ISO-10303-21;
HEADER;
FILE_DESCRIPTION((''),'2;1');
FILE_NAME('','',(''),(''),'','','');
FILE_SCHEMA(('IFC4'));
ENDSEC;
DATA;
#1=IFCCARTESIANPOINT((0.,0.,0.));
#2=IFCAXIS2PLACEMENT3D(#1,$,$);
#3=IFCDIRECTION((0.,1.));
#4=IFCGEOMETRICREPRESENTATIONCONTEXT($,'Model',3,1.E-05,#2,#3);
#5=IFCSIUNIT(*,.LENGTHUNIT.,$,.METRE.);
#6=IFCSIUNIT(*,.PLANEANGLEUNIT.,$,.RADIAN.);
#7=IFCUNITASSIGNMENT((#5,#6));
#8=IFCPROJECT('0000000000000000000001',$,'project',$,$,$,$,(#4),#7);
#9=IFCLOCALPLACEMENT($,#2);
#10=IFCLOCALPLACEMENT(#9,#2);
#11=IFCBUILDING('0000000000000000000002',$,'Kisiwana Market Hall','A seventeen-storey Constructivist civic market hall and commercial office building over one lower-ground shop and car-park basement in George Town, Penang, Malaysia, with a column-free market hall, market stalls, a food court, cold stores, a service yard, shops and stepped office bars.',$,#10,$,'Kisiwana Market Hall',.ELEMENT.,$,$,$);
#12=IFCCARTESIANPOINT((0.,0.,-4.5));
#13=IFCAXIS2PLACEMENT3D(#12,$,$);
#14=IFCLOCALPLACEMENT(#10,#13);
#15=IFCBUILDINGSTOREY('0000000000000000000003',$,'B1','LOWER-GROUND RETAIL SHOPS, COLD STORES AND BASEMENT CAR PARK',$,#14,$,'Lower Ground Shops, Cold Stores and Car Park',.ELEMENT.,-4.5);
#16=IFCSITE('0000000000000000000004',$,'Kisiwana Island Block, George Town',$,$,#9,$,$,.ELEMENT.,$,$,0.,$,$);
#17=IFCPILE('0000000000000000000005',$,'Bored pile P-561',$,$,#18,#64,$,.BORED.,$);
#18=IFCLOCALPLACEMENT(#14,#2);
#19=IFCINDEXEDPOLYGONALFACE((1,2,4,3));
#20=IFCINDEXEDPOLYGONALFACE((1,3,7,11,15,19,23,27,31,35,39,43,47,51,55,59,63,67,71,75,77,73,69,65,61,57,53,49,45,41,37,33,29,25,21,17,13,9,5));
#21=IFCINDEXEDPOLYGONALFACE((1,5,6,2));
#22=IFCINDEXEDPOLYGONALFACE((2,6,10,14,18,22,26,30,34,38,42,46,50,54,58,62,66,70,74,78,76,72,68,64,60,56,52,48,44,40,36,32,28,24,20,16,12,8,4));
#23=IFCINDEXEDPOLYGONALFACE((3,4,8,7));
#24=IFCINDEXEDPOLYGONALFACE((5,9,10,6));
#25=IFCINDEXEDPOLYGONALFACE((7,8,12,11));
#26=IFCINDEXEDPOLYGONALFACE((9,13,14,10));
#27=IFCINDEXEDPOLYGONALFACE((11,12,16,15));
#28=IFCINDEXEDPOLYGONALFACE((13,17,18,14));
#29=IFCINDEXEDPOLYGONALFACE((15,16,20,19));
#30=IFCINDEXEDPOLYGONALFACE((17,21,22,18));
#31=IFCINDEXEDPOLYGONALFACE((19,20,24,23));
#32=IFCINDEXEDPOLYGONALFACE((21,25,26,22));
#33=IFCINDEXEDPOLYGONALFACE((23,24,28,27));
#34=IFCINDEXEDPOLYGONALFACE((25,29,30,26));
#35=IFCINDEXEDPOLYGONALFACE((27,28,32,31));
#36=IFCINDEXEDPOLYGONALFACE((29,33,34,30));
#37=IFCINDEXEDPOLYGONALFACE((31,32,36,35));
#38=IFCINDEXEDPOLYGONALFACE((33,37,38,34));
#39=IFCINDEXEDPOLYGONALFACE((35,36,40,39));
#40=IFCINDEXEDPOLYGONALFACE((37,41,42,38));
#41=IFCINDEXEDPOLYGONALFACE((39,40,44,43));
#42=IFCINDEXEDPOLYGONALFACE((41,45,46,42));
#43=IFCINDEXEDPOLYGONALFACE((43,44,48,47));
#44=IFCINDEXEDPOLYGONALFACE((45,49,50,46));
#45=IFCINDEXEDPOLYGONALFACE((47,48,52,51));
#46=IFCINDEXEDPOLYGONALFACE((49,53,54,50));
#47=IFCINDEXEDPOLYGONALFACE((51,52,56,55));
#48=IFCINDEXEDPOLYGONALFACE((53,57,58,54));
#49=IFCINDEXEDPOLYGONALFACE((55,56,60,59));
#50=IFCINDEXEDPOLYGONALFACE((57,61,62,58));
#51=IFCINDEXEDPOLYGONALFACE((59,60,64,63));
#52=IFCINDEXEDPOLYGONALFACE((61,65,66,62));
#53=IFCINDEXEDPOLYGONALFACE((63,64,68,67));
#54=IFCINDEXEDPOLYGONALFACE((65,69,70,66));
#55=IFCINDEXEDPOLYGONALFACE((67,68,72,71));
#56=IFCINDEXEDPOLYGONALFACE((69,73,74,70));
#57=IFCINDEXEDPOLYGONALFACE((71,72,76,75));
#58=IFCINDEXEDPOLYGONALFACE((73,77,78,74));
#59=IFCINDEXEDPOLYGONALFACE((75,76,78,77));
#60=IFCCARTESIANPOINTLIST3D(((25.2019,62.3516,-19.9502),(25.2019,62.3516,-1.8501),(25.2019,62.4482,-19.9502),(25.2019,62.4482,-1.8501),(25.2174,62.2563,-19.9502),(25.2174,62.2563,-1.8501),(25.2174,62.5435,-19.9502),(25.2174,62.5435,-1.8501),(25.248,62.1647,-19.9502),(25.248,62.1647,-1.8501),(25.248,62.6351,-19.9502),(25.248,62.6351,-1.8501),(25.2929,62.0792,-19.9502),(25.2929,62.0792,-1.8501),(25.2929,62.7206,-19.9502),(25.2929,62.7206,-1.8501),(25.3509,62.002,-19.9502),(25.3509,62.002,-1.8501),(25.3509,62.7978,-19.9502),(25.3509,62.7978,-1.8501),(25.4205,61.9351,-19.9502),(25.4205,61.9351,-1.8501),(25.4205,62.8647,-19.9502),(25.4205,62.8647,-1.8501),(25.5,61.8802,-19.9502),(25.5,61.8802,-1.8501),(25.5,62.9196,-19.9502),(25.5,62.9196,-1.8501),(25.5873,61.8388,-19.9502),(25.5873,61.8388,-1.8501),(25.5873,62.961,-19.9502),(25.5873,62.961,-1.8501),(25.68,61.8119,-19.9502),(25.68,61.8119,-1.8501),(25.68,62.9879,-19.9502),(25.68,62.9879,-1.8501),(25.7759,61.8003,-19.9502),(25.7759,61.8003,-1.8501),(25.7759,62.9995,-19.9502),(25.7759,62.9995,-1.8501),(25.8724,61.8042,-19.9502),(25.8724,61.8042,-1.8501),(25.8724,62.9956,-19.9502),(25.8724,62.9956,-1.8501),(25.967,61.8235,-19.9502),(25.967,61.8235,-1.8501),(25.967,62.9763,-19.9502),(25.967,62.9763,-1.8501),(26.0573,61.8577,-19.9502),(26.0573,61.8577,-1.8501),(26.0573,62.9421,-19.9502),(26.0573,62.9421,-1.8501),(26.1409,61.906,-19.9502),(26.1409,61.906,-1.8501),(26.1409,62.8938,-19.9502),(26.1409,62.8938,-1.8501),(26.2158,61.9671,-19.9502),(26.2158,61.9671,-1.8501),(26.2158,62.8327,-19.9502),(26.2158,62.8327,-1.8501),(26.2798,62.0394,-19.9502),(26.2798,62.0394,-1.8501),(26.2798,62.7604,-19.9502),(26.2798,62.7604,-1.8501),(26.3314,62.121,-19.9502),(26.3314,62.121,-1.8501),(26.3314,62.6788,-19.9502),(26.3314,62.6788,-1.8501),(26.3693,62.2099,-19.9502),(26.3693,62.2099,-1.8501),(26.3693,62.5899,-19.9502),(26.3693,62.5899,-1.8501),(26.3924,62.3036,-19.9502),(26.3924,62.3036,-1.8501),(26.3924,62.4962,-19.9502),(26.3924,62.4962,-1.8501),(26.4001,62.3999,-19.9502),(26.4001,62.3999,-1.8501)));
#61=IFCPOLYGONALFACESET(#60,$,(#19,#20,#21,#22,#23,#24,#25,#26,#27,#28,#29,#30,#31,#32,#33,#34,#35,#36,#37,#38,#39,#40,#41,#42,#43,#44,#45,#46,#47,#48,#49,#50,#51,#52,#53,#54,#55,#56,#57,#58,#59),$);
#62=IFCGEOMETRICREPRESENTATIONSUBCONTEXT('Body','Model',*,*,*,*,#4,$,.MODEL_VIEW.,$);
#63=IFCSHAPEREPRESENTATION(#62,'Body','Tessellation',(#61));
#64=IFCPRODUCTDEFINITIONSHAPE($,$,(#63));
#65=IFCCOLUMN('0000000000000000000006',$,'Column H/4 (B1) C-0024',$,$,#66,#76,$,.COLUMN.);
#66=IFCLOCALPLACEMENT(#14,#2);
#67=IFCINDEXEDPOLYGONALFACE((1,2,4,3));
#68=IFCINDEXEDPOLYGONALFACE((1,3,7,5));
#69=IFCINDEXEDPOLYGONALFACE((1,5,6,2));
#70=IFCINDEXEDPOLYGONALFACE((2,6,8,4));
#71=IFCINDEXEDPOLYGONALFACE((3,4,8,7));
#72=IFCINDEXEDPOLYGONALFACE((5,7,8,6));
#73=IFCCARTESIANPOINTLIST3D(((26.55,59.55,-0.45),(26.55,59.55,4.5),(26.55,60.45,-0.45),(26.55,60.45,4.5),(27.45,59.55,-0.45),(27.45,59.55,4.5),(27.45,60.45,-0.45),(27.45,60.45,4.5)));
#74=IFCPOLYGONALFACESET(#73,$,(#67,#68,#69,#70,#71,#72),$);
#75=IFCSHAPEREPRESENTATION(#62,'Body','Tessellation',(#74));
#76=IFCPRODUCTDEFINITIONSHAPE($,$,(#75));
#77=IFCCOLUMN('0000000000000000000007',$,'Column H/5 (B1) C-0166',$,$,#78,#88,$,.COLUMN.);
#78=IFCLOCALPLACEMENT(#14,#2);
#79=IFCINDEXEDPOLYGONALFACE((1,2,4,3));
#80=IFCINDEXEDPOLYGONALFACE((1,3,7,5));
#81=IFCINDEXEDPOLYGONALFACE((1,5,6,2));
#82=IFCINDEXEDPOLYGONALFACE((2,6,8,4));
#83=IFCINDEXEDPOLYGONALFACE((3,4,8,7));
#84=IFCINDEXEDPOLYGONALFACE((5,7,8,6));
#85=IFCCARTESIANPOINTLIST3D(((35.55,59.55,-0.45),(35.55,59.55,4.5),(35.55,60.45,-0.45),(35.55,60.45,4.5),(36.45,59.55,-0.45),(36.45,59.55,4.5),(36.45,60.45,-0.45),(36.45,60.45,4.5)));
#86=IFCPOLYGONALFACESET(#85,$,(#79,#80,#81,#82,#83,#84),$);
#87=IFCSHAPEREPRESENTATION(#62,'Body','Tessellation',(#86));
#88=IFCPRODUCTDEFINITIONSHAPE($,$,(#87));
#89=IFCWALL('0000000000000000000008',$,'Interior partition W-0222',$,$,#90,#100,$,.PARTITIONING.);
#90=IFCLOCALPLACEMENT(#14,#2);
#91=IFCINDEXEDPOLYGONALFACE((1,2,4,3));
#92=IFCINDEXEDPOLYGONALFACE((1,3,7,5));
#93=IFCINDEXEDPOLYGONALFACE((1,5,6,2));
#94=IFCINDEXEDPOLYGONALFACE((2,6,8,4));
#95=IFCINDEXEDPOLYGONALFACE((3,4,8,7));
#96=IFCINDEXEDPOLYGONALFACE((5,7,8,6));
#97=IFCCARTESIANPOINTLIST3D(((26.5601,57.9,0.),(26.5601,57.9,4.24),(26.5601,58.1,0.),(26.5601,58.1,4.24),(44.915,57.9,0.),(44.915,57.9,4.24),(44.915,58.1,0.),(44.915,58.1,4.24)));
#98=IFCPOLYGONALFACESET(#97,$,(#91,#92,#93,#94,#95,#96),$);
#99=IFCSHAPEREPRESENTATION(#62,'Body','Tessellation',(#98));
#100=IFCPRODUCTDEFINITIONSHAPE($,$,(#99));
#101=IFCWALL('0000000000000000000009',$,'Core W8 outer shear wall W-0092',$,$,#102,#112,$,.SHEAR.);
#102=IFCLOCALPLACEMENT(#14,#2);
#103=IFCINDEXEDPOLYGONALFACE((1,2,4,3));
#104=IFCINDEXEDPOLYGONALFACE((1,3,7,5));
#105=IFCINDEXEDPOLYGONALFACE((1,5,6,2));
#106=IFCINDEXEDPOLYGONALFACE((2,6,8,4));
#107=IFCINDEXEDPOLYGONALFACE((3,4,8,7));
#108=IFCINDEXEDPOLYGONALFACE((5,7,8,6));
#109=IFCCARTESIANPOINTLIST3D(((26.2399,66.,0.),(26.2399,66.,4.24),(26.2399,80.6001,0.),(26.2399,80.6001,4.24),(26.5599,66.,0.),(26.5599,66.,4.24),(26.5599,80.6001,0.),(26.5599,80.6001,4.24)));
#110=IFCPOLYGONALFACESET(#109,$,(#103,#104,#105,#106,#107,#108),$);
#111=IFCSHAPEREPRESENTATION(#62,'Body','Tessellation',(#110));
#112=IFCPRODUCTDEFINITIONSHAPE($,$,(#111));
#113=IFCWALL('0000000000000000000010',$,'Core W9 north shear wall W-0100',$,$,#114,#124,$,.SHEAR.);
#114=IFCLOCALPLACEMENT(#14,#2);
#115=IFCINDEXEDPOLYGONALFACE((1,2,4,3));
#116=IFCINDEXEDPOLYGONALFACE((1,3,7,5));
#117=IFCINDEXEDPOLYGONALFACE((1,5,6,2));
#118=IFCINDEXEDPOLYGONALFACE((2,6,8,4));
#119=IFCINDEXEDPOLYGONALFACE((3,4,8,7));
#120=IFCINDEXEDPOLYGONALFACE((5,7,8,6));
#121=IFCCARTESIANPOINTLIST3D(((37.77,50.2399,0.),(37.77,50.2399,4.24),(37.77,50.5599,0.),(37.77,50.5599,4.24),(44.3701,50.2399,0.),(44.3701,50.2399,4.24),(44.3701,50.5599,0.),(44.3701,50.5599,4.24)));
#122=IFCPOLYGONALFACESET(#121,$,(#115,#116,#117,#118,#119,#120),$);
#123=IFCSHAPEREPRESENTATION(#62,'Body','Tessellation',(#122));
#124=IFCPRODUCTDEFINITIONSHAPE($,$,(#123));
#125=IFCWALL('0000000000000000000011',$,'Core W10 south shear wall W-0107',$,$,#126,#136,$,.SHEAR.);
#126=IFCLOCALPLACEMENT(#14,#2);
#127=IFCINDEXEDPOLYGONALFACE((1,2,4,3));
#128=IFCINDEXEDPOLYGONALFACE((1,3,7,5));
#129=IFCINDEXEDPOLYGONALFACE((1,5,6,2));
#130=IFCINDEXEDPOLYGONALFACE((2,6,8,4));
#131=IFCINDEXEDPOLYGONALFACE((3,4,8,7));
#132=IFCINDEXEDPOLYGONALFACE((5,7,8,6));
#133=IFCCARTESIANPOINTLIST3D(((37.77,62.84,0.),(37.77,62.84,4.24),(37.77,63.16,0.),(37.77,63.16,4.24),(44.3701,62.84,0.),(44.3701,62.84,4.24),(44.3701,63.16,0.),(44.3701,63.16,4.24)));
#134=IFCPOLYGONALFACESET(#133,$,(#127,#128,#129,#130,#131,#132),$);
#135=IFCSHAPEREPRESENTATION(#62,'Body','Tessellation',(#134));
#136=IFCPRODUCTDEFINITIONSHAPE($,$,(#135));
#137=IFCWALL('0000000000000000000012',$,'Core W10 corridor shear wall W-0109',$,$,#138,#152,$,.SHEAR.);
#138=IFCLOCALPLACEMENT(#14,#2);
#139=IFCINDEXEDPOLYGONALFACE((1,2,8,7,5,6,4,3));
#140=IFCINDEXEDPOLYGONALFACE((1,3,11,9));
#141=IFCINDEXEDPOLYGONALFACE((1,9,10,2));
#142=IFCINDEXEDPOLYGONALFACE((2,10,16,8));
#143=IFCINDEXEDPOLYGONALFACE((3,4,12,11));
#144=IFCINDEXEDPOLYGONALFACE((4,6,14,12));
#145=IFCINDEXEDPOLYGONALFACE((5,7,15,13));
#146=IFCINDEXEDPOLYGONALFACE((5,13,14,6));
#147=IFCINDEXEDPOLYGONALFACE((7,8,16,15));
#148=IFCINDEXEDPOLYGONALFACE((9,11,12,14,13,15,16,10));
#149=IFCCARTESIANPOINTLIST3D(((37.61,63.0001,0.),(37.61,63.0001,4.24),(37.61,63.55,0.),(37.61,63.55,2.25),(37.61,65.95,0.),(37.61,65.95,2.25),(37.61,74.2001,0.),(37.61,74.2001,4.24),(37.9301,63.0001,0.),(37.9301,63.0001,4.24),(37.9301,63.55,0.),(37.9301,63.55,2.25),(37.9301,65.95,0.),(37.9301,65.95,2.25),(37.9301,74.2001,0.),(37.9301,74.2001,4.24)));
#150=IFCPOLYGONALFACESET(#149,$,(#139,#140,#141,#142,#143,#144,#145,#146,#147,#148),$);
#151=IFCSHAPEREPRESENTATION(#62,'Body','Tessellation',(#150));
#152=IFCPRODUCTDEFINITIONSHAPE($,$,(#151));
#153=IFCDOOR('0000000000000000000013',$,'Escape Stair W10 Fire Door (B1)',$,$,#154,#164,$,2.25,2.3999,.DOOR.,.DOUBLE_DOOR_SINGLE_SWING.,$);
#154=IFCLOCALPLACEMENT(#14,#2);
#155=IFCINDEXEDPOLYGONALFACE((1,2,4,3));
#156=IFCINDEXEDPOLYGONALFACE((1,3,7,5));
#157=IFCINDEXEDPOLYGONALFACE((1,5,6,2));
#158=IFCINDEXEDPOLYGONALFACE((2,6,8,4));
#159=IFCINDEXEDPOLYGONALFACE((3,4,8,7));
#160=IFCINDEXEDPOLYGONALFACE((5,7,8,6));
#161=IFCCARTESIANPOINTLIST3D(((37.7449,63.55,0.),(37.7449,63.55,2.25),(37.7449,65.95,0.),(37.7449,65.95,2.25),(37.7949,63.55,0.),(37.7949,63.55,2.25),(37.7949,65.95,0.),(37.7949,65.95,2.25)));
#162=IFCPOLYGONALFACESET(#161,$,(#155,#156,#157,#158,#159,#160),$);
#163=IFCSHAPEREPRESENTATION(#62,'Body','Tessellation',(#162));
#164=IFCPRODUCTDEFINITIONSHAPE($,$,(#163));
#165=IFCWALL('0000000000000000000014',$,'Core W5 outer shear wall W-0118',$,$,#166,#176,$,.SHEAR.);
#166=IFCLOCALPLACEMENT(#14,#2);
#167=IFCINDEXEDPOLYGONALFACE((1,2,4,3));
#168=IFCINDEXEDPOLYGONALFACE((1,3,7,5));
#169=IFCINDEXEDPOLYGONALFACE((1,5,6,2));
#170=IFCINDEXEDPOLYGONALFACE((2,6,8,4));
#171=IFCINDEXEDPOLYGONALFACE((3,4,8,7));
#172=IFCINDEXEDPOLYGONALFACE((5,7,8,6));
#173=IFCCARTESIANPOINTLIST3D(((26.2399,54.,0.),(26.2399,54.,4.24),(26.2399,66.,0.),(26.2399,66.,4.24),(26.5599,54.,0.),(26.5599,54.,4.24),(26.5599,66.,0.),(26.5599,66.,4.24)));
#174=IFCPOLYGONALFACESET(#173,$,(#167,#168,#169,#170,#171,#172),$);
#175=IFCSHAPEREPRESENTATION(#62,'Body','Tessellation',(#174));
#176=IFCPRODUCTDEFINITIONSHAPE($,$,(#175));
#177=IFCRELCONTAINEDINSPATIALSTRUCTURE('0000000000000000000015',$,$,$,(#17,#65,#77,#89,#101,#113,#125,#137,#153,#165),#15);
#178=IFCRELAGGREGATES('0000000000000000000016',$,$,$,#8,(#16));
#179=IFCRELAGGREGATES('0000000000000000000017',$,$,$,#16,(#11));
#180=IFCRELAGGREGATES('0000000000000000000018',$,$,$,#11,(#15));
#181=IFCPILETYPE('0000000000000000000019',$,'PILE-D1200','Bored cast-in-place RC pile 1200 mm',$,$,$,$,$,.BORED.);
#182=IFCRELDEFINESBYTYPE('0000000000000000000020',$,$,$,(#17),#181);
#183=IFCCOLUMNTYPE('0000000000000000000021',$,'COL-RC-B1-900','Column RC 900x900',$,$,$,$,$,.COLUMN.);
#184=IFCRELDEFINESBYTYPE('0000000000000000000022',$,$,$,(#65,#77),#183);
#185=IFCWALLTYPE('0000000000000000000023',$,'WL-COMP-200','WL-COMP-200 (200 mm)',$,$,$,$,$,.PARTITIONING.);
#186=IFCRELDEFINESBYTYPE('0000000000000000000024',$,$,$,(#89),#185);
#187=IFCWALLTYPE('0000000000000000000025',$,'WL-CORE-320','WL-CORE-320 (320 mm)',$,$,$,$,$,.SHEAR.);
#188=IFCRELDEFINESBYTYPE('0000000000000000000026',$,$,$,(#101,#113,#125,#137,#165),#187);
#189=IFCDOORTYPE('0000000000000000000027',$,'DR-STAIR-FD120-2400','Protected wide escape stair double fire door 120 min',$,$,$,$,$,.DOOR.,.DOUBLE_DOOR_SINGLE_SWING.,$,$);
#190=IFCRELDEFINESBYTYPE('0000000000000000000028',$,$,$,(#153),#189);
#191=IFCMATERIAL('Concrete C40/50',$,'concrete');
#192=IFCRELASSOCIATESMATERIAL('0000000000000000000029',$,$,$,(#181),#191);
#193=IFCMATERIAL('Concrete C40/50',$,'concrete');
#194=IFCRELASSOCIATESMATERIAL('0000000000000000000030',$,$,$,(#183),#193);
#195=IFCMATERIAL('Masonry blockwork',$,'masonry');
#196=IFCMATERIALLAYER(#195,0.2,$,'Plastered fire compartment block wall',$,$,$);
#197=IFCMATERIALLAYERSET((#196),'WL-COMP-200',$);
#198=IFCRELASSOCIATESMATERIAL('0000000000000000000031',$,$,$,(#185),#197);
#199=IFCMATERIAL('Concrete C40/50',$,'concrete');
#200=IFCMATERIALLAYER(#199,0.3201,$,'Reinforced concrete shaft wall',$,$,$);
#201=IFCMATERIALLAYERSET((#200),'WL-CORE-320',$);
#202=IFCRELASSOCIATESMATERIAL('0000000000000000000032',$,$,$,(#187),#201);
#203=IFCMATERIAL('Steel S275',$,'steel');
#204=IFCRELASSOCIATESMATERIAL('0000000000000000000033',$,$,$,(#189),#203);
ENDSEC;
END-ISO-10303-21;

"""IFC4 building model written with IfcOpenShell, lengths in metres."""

from ifc_helpers import new_model, si_unit, direction, frame, frame_2d, origin, origin_2d, place, context, subcontext, project, spatial, rectangle, circle, extrude, material, layer, layer_set, material_profile, profile_set, type_object, element, fill, save


model = new_model("IFC4")

# Units and contexts
model_context = context("Model", 3, precision=1e-05, world=origin(), true_north=direction((0.0, 1.0)))
body_context = subcontext(model_context, "Body", "Model", "MODEL_VIEW")
ifc_project = project(units=[si_unit("LENGTHUNIT", "METRE"), si_unit("PLANEANGLEUNIT", "RADIAN")], contexts=[model_context])

# Site, building, storey
site_placement = place(None, origin())
site = spatial("IfcSite", under=ifc_project, at=site_placement, Name="Kisiwana Island Block, George Town", CompositionType="ELEMENT", RefElevation=0.0)
building_placement = place(site_placement, origin())
building = spatial("IfcBuilding", under=site, at=building_placement, Name="Kisiwana Market Hall", Description="A seventeen-storey Constructivist civic market hall and commercial office building over one lower-ground shop and car-park basement in George Town, Penang, Malaysia, with a column-free market hall, market stalls, a food court, cold stores, a service yard, shops and stepped office bars.", LongName="Kisiwana Market Hall", CompositionType="ELEMENT")
storey_placement = place(building_placement, frame((0.0, 0.0, -4.5)))
storey = spatial("IfcBuildingStorey", under=building, at=storey_placement, Name="B1", Description="LOWER-GROUND RETAIL SHOPS, COLD STORES AND BASEMENT CAR PARK", LongName="Lower Ground Shops, Cold Stores and Car Park", CompositionType="ELEMENT", Elevation=-4.5)

# Pile
ifc_material_1 = material(Name="Concrete C40/50", Category="concrete")
ifc_material_profile_1 = material_profile(ifc_material_1, circle(Radius=0.6001, at=origin_2d()), Name="BP D1200")
ifc_profile_set_1 = profile_set([ifc_material_profile_1], Name="Concrete C40/50")
pile_type_1 = type_object("IfcPileType", Name="PILE-D1200", Description="Bored cast-in-place RC pile 1200 mm", PredefinedType="BORED", material=ifc_profile_set_1)
for number, where, z_axis, x_axis, name in (
    (1, (25.8, 62.3999, -1.8501), (0.0, 0.0, -1.0), (1.0, 0.0, 0.0), "Bored pile P-561"),
):
    element("IfcPile", number, at=place(storey_placement, frame(where, z_axis=z_axis, x_axis=x_axis)), inside=storey, type_object=pile_type_1, Name=name, PredefinedType="BORED", context=body_context, shape_type="SweptSolid", body=[
        extrude(circle(Radius=0.6001, at=origin_2d()), origin(), (0.0, 0.0, 1.0), 18.1001),
    ])

# Columns
ifc_material_2 = material(Name="Concrete C40/50", Category="concrete")
ifc_material_profile_2 = material_profile(ifc_material_2, rectangle(XDim=0.8999, YDim=0.8999, at=origin_2d()), Name="RC 900x900")
ifc_profile_set_2 = profile_set([ifc_material_profile_2], Name="Concrete C40/50")
column_type = type_object("IfcColumnType", Name="COL-RC-B1-900", Description="Column RC 900x900", PredefinedType="COLUMN", material=ifc_profile_set_2)
for number, where, z_axis, x_axis, name in (
    (2, (27.0, 60.0, -0.45), (0.0, 0.0, 1.0), (1.0, 0.0, 0.0), "Column H/4 (B1) C-0024"),
    (3, (36.0, 60.0, -0.45), (0.0, 0.0, 1.0), (1.0, 0.0, 0.0), "Column H/5 (B1) C-0166"),
):
    element("IfcColumn", number, at=place(storey_placement, frame(where, z_axis=z_axis, x_axis=x_axis)), inside=storey, type_object=column_type, Name=name, PredefinedType="COLUMN", context=body_context, shape_type="SweptSolid", body=[
        extrude(rectangle(XDim=0.8999, YDim=0.8999, at=origin_2d()), origin(), (0.0, 0.0, 1.0), 4.95),
    ])

# Walls
ifc_material_3 = material(Name="Masonry blockwork", Category="masonry")
ifc_layer_1 = layer(ifc_material_3, 0.2, Name="Plastered fire compartment block wall")
ifc_layer_set_1 = layer_set([ifc_layer_1], Name="WL-COMP-200")
wall_type_1 = type_object("IfcWallType", Name="WL-COMP-200", Description="WL-COMP-200 (200 mm)", PredefinedType="PARTITIONING", material=ifc_layer_set_1)
wall_1_placement = place(storey_placement, frame((26.5601, 58.0, 0.0), z_axis=(0.0, 0.0, 1.0), x_axis=(1.0, 0.0, 0.0)))
element("IfcWall", 4, at=wall_1_placement, inside=storey, type_object=wall_type_1, Name="Interior partition W-0222", PredefinedType="PARTITIONING", context=body_context, shape_type="SweptSolid", body=[
    extrude(rectangle(XDim=18.355, YDim=0.2, at=frame_2d((9.1775, 0.0))), origin(), (0.0, 0.0, 1.0), 4.24),
])
ifc_material_4 = material(Name="Concrete C40/50", Category="concrete")
ifc_layer_2 = layer(ifc_material_4, 0.3201, Name="Reinforced concrete shaft wall")
ifc_layer_set_2 = layer_set([ifc_layer_2], Name="WL-CORE-320")
wall_type_2 = type_object("IfcWallType", Name="WL-CORE-320", Description="WL-CORE-320 (320 mm)", PredefinedType="SHEAR", material=ifc_layer_set_2)
wall_2_placement = place(storey_placement, frame((26.3999, 66.0, 0.0), z_axis=(0.0, 0.0, 1.0), x_axis=(0.0, 1.0, 0.0)))
element("IfcWall", 5, at=wall_2_placement, inside=storey, type_object=wall_type_2, Name="Core W8 outer shear wall W-0092", PredefinedType="SHEAR", context=body_context, shape_type="SweptSolid", body=[
    extrude(rectangle(XDim=14.6001, YDim=0.3201, at=frame_2d((7.3, 0.0))), origin(), (0.0, 0.0, 1.0), 4.24),
])
for number, where, z_axis, x_axis, name in (
    (6, (37.77, 50.3999, 0.0), (0.0, 0.0, 1.0), (1.0, 0.0, 0.0), "Core W9 north shear wall W-0100"),
    (7, (37.77, 63.0, 0.0), (0.0, 0.0, 1.0), (1.0, 0.0, 0.0), "Core W10 south shear wall W-0107"),
):
    element("IfcWall", number, at=place(storey_placement, frame(where, z_axis=z_axis, x_axis=x_axis)), inside=storey, type_object=wall_type_2, Name=name, PredefinedType="SHEAR", context=body_context, shape_type="SweptSolid", body=[
        extrude(rectangle(XDim=6.6001, YDim=0.3201, at=frame_2d((3.3, 0.0))), origin(), (0.0, 0.0, 1.0), 4.24),
    ])

# Wall, opening, door
wall_3_placement = place(storey_placement, frame((37.77, 63.0, 0.0), z_axis=(0.0, 0.0, 1.0), x_axis=(0.0, 1.0, 0.0)))
wall_3 = element("IfcWall", 8, at=wall_3_placement, inside=storey, type_object=wall_type_2, Name="Core W10 corridor shear wall W-0109", PredefinedType="SHEAR", context=body_context, shape_type="SweptSolid", body=[
    extrude(rectangle(XDim=11.2, YDim=0.3201, at=frame_2d((5.6001, 0.0))), origin(), (0.0, 0.0, 1.0), 4.24),
])
opening_placement = place(wall_3_placement, frame((0.55, 0.0, 0.0)))
opening = element("IfcOpeningElement", 9, at=opening_placement, cuts=wall_3, PredefinedType="OPENING", context=body_context, shape_type="SweptSolid", body=[
    extrude(rectangle(XDim=2.3999, YDim=2.25, at=frame_2d((1.2, 1.125))), frame((0.0, 0.1719, 0.0), z_axis=(0.0, -1.0, 0.0), x_axis=(1.0, 0.0, 0.0)), (0.0, 0.0, 1.0), 0.344),
])
ifc_material_5 = material(Name="Steel S275", Category="steel")
door_type = type_object("IfcDoorType", Name="DR-STAIR-FD120-2400", Description="Protected wide escape stair double fire door 120 min", OperationType="DOUBLE_DOOR_SINGLE_SWING", PredefinedType="DOOR", material=ifc_material_5)
door_placement = place(opening_placement, frame((2.3999, 0.0, 0.0), z_axis=(0.0, 0.0, 1.0), x_axis=(-1.0, 0.0, 0.0)))
door = element("IfcDoor", 10, at=door_placement, inside=storey, type_object=door_type, Name="Escape Stair W10 Fire Door (B1)", OperationType="DOUBLE_DOOR_SINGLE_SWING", OverallHeight=2.25, OverallWidth=2.3999, PredefinedType="DOOR", context=body_context, shape_type="SweptSolid", body=[
    extrude(rectangle(XDim=2.3999, YDim=2.25, at=frame_2d((1.2, 1.125))), frame((0.0, 0.0249, 0.0), z_axis=(0.0, -1.0, 0.0), x_axis=(1.0, 0.0, 0.0)), (0.0, 0.0, 1.0), 0.05),
])
fill(opening, door)

# Wall
wall_4_placement = place(storey_placement, frame((26.3999, 54.0, 0.0), z_axis=(0.0, 0.0, 1.0), x_axis=(0.0, 1.0, 0.0)))
element("IfcWall", 11, at=wall_4_placement, inside=storey, type_object=wall_type_2, Name="Core W5 outer shear wall W-0118", PredefinedType="SHEAR", context=body_context, shape_type="SweptSolid", body=[
    extrude(rectangle(XDim=12.0, YDim=0.3201, at=frame_2d((6.0, 0.0))), origin(), (0.0, 0.0, 1.0), 4.24),
])

save(model, "model.ifc")
